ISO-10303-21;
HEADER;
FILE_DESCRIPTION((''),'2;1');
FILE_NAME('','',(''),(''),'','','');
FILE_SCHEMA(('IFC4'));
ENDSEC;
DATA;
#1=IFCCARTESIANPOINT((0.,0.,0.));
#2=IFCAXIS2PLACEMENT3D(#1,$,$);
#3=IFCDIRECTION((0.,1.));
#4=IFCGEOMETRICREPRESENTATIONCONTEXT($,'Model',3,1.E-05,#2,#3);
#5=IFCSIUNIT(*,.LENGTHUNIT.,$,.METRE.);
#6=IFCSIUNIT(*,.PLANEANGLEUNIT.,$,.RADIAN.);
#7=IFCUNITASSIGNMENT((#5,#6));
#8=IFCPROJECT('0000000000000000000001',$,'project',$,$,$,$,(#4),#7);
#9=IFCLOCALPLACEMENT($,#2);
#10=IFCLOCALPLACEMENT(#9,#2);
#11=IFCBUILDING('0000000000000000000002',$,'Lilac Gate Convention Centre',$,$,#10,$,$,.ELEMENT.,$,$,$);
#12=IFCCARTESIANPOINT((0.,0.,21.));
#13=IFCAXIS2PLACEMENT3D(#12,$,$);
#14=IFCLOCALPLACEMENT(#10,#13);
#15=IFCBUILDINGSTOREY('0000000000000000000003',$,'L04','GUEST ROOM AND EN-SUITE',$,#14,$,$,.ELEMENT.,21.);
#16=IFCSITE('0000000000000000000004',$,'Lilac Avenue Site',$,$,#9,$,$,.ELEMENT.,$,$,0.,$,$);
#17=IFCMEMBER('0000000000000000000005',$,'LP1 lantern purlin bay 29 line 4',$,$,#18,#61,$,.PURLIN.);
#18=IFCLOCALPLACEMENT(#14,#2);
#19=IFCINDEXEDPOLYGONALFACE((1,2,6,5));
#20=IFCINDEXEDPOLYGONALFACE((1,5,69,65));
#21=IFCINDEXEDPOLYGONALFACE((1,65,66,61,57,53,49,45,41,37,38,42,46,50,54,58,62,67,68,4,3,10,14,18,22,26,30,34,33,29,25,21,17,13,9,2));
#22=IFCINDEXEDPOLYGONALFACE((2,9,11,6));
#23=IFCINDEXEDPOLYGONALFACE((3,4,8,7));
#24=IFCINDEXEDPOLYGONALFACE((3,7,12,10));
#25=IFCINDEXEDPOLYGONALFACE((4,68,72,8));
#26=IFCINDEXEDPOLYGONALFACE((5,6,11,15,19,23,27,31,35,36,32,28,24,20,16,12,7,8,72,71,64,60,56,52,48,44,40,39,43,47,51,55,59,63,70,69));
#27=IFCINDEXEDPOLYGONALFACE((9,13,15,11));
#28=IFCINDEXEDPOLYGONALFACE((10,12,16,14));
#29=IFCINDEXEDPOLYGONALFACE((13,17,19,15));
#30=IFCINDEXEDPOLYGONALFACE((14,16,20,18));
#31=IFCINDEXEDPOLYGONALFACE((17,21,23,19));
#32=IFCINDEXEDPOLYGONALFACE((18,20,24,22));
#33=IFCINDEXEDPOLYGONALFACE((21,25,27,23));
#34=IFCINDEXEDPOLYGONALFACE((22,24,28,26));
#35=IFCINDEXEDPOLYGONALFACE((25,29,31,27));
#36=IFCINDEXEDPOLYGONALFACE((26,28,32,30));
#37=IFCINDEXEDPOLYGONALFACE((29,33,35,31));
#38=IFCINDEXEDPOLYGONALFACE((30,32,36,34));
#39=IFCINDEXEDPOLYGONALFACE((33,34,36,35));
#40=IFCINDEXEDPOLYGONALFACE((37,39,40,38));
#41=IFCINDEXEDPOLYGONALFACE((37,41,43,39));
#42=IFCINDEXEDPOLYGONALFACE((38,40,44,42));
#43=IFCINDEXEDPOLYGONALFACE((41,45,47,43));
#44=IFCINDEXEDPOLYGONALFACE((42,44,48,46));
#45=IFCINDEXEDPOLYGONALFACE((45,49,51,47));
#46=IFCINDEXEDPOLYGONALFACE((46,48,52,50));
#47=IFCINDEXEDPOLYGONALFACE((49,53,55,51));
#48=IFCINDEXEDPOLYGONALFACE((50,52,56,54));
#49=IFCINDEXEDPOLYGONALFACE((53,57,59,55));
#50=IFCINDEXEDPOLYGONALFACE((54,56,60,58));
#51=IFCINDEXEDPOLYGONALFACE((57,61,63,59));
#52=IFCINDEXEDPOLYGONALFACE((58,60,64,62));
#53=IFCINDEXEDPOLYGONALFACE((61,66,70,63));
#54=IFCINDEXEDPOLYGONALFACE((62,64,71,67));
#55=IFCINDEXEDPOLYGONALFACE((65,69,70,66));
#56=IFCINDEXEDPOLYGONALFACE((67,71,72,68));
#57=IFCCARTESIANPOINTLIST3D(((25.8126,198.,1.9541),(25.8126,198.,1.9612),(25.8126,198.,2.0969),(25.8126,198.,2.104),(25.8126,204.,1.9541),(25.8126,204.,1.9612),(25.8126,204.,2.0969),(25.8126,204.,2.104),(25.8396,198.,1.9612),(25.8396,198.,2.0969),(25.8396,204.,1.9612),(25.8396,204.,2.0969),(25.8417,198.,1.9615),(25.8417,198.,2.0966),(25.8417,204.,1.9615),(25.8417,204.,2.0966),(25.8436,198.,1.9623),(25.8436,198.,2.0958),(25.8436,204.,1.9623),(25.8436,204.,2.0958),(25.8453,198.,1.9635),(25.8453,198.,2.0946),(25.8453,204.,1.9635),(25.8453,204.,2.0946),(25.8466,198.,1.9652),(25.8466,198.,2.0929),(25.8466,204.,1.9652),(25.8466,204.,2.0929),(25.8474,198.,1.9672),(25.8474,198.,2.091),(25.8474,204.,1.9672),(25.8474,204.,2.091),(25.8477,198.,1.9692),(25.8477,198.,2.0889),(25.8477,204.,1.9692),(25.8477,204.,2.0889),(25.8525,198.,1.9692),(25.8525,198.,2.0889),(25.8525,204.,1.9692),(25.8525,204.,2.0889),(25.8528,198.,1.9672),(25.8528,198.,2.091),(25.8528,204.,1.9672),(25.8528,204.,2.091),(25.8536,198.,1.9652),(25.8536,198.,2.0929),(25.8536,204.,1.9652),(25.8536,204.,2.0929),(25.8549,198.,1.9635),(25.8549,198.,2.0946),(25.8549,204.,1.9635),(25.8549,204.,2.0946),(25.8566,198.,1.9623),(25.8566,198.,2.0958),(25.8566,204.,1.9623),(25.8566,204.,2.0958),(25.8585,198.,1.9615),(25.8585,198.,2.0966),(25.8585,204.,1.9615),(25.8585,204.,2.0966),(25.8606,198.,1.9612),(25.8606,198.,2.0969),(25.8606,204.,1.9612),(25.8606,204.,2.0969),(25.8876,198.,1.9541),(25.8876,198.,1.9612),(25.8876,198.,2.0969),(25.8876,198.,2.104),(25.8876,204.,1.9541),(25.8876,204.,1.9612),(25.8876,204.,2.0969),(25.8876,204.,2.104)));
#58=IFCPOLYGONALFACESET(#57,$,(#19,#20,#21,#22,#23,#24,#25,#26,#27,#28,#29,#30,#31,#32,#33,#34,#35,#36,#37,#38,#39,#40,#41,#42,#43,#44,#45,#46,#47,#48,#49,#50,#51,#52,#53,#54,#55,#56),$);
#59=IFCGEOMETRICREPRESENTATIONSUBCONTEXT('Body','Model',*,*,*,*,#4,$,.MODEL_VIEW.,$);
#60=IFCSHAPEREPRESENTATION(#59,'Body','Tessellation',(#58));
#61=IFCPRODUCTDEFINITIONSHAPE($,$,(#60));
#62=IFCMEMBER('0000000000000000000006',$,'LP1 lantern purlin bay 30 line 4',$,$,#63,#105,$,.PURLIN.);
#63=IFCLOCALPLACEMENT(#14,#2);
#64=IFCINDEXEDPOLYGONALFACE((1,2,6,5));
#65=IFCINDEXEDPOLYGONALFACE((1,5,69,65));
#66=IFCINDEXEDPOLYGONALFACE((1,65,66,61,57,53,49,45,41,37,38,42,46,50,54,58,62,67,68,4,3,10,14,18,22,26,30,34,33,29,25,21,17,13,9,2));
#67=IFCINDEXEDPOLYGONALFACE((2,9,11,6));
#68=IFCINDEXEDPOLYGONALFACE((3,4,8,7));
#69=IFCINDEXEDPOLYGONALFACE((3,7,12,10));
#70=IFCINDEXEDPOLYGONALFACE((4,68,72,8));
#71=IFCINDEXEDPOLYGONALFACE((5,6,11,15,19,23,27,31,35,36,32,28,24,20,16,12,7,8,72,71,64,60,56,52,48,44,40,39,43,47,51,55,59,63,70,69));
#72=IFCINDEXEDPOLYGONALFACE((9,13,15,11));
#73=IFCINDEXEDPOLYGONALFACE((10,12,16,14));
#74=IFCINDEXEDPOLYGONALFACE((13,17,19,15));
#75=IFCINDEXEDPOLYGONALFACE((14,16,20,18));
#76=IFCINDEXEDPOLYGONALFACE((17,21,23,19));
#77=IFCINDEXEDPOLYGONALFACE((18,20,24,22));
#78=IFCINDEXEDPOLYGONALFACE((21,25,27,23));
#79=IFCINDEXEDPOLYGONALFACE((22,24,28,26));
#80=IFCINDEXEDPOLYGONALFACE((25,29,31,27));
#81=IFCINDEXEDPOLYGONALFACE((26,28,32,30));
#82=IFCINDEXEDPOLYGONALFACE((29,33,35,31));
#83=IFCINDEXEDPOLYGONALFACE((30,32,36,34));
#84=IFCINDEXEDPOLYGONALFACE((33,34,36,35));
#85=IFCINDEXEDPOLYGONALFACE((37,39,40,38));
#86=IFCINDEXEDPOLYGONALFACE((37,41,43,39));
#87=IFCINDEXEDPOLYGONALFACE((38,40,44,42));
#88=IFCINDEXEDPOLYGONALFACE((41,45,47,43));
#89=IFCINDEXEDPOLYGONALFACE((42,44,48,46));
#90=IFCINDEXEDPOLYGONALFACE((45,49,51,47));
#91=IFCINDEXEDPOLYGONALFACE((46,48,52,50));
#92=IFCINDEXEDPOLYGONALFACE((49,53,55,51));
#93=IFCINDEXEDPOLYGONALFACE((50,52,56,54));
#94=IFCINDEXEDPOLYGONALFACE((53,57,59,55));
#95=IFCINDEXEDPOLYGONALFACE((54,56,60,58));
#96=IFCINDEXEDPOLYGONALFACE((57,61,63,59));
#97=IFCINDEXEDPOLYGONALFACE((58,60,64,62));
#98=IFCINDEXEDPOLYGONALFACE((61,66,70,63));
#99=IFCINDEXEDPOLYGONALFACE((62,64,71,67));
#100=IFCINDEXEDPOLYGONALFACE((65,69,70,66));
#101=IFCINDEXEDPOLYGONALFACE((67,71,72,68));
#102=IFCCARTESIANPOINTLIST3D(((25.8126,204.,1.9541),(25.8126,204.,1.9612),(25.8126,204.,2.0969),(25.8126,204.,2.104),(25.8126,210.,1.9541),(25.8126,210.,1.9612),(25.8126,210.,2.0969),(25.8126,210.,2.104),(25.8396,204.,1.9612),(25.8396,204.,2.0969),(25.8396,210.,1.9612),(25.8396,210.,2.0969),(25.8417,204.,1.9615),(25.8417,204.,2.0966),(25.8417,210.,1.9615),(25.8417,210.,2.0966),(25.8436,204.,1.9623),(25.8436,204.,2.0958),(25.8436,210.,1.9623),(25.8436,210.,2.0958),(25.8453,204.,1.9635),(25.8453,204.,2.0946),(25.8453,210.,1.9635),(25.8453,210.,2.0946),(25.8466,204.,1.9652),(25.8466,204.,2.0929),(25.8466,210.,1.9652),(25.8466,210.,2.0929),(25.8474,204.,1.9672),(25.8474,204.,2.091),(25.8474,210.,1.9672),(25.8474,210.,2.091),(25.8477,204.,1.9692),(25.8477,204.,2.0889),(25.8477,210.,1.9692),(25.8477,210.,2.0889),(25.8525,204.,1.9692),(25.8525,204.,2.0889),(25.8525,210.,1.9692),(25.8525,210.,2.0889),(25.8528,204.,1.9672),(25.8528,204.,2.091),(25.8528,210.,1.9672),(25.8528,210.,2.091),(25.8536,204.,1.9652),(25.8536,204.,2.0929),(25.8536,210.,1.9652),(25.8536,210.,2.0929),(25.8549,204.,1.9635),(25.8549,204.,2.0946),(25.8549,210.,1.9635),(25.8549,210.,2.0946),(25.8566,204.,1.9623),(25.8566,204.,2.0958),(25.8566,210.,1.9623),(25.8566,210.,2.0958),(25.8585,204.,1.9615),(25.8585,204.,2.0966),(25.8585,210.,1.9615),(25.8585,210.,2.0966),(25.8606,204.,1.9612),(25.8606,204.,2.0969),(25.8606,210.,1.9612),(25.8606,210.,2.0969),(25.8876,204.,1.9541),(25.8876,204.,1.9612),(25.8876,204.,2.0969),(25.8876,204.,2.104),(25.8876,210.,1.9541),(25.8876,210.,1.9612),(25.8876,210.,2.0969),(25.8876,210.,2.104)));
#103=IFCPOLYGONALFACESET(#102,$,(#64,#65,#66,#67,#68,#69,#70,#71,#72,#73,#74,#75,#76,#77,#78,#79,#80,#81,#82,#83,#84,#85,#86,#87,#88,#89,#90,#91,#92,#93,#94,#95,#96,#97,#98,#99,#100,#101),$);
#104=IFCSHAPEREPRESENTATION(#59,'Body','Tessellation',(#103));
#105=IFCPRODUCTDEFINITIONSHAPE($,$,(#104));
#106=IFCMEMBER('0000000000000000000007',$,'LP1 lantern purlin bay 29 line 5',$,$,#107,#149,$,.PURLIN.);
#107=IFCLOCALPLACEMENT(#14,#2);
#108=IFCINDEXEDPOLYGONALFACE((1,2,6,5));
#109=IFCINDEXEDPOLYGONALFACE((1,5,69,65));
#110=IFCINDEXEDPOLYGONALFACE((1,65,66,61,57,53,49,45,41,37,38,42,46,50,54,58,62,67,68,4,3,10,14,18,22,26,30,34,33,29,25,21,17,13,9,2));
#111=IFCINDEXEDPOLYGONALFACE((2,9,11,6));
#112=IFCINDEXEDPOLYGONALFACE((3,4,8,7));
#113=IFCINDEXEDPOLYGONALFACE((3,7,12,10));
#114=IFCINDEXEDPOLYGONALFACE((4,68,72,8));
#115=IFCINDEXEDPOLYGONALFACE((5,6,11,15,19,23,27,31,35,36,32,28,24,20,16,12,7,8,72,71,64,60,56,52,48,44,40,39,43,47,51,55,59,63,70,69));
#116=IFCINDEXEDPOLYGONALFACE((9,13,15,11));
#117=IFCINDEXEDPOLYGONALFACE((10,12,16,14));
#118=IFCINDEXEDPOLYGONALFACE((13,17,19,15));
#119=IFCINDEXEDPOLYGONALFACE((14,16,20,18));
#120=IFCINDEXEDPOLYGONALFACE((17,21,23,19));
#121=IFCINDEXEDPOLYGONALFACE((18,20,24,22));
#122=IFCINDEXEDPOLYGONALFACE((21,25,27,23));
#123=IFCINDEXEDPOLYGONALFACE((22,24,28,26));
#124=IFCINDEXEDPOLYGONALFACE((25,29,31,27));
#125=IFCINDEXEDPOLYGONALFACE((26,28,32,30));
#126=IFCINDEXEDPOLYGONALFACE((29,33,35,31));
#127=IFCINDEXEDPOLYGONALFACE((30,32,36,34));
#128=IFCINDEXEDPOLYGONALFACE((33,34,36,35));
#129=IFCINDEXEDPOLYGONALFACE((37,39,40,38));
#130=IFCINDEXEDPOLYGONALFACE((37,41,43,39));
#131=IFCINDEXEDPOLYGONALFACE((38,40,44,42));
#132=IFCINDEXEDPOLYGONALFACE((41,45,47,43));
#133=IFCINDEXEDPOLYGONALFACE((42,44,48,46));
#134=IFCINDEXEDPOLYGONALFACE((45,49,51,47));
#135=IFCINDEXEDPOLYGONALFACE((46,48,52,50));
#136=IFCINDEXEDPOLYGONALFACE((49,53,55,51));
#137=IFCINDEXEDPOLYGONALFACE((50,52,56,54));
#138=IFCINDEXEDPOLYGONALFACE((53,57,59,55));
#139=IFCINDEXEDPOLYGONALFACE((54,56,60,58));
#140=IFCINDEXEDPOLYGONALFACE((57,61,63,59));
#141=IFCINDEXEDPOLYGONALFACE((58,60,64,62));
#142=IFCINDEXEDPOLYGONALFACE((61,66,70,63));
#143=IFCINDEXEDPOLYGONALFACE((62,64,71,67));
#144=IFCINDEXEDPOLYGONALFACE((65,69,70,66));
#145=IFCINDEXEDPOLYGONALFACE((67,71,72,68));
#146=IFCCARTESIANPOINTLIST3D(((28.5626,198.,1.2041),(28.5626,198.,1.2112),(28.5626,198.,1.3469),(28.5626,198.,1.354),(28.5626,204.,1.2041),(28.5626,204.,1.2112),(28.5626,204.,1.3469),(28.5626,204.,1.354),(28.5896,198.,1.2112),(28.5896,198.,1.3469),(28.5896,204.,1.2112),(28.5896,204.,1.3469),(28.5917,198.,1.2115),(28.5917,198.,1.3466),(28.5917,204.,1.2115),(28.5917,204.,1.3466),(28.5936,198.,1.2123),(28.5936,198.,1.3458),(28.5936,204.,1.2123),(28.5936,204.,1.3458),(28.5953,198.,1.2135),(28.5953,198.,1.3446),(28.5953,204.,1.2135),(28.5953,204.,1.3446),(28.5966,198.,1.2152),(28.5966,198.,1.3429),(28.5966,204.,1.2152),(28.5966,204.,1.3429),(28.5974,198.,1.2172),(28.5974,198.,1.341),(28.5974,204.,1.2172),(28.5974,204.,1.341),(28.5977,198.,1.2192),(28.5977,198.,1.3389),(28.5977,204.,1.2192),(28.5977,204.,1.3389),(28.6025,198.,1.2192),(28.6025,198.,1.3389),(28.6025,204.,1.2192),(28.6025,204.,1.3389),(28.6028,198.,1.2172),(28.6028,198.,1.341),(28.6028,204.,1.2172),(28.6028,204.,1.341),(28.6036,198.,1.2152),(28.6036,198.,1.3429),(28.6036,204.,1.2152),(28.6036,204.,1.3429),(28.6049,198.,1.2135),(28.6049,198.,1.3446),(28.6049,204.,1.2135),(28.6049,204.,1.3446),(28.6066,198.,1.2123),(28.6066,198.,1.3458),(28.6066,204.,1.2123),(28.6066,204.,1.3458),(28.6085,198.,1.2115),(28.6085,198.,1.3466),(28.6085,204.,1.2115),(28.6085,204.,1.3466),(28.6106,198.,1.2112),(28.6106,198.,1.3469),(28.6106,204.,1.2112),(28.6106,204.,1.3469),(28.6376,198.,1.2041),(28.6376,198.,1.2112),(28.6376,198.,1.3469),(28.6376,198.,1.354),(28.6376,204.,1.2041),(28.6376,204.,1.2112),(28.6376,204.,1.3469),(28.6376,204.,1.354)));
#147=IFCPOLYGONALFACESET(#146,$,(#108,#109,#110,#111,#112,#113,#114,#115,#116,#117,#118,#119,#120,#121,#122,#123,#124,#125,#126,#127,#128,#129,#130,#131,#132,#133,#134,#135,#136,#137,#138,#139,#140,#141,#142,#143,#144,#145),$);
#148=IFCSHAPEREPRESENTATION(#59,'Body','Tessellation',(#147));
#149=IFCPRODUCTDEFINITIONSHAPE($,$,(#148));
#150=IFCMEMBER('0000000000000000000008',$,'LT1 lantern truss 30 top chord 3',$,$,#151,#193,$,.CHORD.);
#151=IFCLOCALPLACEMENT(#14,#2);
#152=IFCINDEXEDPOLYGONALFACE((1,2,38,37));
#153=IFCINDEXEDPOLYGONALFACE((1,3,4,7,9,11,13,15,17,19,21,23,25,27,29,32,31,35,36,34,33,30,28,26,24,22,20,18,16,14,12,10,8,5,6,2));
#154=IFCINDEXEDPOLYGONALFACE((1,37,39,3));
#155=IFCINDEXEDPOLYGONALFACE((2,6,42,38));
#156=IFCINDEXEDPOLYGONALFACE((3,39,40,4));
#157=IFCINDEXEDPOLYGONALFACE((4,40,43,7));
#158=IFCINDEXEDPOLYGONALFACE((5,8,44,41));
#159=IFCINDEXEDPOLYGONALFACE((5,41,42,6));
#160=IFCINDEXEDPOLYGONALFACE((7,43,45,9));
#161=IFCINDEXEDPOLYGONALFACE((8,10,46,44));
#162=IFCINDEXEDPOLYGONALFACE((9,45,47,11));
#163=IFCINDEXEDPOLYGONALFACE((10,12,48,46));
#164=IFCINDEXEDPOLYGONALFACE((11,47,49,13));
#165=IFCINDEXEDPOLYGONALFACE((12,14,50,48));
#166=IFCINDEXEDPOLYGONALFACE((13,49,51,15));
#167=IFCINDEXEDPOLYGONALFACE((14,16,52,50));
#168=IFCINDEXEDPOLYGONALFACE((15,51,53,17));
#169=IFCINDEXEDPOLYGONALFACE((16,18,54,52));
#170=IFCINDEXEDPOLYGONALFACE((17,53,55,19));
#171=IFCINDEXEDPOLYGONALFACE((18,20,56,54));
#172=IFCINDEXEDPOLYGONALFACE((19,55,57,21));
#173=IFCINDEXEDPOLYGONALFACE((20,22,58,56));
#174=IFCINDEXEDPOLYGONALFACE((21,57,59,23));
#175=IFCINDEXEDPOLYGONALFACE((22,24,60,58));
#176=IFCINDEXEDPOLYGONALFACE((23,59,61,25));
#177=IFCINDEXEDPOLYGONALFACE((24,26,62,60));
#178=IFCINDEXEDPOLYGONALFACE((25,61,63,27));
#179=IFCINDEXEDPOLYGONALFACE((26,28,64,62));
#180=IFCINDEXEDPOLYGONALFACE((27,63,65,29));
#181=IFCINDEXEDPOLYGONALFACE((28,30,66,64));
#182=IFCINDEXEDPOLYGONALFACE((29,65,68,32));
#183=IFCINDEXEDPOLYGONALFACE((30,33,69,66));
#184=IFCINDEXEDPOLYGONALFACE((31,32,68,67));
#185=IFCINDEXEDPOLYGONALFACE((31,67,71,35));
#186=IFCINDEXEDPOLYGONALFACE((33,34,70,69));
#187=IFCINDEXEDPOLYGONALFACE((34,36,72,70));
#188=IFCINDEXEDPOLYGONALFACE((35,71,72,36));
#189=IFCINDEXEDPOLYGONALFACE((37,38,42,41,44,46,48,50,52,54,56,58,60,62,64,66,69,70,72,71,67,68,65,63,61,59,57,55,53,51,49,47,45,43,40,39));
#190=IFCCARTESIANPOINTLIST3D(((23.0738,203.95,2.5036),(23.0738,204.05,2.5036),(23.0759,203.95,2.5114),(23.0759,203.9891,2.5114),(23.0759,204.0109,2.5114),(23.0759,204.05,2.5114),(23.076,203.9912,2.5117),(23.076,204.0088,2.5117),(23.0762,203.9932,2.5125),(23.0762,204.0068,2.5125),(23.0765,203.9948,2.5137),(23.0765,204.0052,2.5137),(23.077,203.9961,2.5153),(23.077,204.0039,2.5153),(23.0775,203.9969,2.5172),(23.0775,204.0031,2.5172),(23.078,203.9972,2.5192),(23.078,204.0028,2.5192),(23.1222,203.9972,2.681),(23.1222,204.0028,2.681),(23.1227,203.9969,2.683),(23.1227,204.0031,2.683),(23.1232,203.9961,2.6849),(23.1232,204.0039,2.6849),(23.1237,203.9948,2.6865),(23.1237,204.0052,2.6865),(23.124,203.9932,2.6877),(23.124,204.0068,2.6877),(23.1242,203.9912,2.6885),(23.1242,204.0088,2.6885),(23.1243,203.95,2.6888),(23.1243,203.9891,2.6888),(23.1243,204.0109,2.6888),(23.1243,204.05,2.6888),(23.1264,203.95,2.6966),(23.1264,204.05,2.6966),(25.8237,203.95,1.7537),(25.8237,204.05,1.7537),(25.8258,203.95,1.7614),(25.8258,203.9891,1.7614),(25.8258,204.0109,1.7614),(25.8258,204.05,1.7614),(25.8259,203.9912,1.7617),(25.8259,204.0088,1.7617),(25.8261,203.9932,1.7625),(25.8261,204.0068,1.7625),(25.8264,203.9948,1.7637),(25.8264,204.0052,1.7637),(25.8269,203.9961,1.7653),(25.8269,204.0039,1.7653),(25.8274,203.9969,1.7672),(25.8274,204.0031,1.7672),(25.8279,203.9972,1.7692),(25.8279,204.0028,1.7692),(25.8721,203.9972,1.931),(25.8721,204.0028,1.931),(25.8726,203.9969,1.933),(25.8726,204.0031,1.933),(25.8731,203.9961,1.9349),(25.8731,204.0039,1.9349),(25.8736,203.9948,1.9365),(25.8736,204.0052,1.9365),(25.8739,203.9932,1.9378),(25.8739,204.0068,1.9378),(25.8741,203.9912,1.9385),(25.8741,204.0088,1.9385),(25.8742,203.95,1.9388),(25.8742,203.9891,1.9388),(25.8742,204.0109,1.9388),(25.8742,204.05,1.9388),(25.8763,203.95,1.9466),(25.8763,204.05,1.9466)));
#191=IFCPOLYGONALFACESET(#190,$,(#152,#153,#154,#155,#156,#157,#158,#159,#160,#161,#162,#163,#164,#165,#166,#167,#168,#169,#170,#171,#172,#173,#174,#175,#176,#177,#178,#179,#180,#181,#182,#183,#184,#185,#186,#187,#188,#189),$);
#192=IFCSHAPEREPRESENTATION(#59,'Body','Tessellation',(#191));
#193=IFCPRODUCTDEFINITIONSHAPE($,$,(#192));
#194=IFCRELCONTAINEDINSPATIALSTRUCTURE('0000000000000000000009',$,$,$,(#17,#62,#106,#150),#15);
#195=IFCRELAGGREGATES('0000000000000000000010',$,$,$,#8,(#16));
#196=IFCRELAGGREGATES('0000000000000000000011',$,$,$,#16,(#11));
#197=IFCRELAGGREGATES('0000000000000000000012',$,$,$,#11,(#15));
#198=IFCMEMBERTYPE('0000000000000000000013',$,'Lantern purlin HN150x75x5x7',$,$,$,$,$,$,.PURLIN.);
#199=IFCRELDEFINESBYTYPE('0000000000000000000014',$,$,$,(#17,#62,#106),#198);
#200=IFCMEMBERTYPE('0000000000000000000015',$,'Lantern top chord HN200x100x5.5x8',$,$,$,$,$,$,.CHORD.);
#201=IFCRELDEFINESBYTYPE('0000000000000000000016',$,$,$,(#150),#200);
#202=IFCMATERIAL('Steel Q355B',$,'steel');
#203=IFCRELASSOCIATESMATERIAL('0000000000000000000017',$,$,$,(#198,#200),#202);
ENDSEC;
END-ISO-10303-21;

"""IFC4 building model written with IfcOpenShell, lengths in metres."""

from ifc_helpers import new_model, si_unit, direction, frame, origin, origin_2d, place, context, subcontext, project, spatial, i_section, extrude, material, material_profile, profile_set, type_object, element, save


model = new_model("IFC4")

# Units and contexts
model_context = context("Model", 3, precision=1e-05, world=origin(), true_north=direction((0.0, 1.0)))
body_context = subcontext(model_context, "Body", "Model", "MODEL_VIEW")
ifc_project = project(units=[si_unit("LENGTHUNIT", "METRE"), si_unit("PLANEANGLEUNIT", "RADIAN")], contexts=[model_context])

# Site, building, storey
site_placement = place(None, origin())
site = spatial("IfcSite", under=ifc_project, at=site_placement, Name="Lilac Avenue Site", CompositionType="ELEMENT", RefElevation=0.0)
building_placement = place(site_placement, origin())
building = spatial("IfcBuilding", under=site, at=building_placement, Name="Lilac Gate Convention Centre", CompositionType="ELEMENT")
storey_placement = place(building_placement, frame((0.0, 0.0, 21.0)))
storey = spatial("IfcBuildingStorey", under=building, at=storey_placement, Name="L04", Description="GUEST ROOM AND EN-SUITE", CompositionType="ELEMENT", Elevation=21.0)

# Members
ifc_material_1 = material(Name="Steel Q355B", Category="steel")
ifc_material_profile_1 = material_profile(ifc_material_1, i_section(OverallWidth=0.075, OverallDepth=0.1499, WebThickness=0.0049, FlangeThickness=0.0071, FilletRadius=0.0081, at=origin_2d()), Name="HN150x75x5x7")
ifc_profile_set_1 = profile_set([ifc_material_profile_1], Name="Steel Q355B")
member_type_1 = type_object("IfcMemberType", Name="Lantern purlin HN150x75x5x7", PredefinedType="PURLIN", material=ifc_profile_set_1)
for number, where, z_axis, x_axis, name in (
    (1, (25.8501, 198.0, 2.0291), (0.0, 1.0, 0.0), (-1.0, 0.0, 0.0), "LP1 lantern purlin bay 29 line 4"),
    (2, (25.8501, 204.0, 2.0291), (0.0, 1.0, 0.0), (-1.0, 0.0, 0.0), "LP1 lantern purlin bay 30 line 4"),
    (3, (28.6001, 198.0, 1.2791), (0.0, 1.0, 0.0), (-1.0, 0.0, 0.0), "LP1 lantern purlin bay 29 line 5"),
):
    element("IfcMember", number, at=place(storey_placement, frame(where, z_axis=z_axis, x_axis=x_axis)), inside=storey, type_object=member_type_1, Name=name, PredefinedType="PURLIN", context=body_context, shape_type="SweptSolid", body=[
        extrude(i_section(OverallWidth=0.075, OverallDepth=0.1499, WebThickness=0.0049, FlangeThickness=0.0071, FilletRadius=0.0081, at=origin_2d()), origin(), (0.0, 0.0, 1.0), 6.0),
    ])
ifc_material_profile_2 = material_profile(ifc_material_1, i_section(OverallWidth=0.1001, OverallDepth=0.2, WebThickness=0.0056, FlangeThickness=0.0081, FilletRadius=0.0081, at=origin_2d()), Name="HN200x100x5.5x8")
ifc_profile_set_2 = profile_set([ifc_material_profile_2], Name="Steel Q355B")
member_type_2 = type_object("IfcMemberType", Name="Lantern top chord HN200x100x5.5x8", PredefinedType="CHORD", material=ifc_profile_set_2)
for number, where, z_axis, x_axis, name in (
    (4, (23.1001, 204.0, 2.6001), (0.964764, 0.0, -0.263117), (0.0, 1.0, 0.0), "LT1 lantern truss 30 top chord 3"),
):
    element("IfcMember", number, at=place(storey_placement, frame(where, z_axis=z_axis, x_axis=x_axis)), inside=storey, type_object=member_type_2, Name=name, PredefinedType="CHORD", context=body_context, shape_type="SweptSolid", body=[
        extrude(i_section(OverallWidth=0.1001, OverallDepth=0.2, WebThickness=0.0056, FlangeThickness=0.0081, FilletRadius=0.0081, at=origin_2d()), origin(), (0.0, 0.0, 1.0), 2.8503),
    ])

save(model, "model.ifc")
